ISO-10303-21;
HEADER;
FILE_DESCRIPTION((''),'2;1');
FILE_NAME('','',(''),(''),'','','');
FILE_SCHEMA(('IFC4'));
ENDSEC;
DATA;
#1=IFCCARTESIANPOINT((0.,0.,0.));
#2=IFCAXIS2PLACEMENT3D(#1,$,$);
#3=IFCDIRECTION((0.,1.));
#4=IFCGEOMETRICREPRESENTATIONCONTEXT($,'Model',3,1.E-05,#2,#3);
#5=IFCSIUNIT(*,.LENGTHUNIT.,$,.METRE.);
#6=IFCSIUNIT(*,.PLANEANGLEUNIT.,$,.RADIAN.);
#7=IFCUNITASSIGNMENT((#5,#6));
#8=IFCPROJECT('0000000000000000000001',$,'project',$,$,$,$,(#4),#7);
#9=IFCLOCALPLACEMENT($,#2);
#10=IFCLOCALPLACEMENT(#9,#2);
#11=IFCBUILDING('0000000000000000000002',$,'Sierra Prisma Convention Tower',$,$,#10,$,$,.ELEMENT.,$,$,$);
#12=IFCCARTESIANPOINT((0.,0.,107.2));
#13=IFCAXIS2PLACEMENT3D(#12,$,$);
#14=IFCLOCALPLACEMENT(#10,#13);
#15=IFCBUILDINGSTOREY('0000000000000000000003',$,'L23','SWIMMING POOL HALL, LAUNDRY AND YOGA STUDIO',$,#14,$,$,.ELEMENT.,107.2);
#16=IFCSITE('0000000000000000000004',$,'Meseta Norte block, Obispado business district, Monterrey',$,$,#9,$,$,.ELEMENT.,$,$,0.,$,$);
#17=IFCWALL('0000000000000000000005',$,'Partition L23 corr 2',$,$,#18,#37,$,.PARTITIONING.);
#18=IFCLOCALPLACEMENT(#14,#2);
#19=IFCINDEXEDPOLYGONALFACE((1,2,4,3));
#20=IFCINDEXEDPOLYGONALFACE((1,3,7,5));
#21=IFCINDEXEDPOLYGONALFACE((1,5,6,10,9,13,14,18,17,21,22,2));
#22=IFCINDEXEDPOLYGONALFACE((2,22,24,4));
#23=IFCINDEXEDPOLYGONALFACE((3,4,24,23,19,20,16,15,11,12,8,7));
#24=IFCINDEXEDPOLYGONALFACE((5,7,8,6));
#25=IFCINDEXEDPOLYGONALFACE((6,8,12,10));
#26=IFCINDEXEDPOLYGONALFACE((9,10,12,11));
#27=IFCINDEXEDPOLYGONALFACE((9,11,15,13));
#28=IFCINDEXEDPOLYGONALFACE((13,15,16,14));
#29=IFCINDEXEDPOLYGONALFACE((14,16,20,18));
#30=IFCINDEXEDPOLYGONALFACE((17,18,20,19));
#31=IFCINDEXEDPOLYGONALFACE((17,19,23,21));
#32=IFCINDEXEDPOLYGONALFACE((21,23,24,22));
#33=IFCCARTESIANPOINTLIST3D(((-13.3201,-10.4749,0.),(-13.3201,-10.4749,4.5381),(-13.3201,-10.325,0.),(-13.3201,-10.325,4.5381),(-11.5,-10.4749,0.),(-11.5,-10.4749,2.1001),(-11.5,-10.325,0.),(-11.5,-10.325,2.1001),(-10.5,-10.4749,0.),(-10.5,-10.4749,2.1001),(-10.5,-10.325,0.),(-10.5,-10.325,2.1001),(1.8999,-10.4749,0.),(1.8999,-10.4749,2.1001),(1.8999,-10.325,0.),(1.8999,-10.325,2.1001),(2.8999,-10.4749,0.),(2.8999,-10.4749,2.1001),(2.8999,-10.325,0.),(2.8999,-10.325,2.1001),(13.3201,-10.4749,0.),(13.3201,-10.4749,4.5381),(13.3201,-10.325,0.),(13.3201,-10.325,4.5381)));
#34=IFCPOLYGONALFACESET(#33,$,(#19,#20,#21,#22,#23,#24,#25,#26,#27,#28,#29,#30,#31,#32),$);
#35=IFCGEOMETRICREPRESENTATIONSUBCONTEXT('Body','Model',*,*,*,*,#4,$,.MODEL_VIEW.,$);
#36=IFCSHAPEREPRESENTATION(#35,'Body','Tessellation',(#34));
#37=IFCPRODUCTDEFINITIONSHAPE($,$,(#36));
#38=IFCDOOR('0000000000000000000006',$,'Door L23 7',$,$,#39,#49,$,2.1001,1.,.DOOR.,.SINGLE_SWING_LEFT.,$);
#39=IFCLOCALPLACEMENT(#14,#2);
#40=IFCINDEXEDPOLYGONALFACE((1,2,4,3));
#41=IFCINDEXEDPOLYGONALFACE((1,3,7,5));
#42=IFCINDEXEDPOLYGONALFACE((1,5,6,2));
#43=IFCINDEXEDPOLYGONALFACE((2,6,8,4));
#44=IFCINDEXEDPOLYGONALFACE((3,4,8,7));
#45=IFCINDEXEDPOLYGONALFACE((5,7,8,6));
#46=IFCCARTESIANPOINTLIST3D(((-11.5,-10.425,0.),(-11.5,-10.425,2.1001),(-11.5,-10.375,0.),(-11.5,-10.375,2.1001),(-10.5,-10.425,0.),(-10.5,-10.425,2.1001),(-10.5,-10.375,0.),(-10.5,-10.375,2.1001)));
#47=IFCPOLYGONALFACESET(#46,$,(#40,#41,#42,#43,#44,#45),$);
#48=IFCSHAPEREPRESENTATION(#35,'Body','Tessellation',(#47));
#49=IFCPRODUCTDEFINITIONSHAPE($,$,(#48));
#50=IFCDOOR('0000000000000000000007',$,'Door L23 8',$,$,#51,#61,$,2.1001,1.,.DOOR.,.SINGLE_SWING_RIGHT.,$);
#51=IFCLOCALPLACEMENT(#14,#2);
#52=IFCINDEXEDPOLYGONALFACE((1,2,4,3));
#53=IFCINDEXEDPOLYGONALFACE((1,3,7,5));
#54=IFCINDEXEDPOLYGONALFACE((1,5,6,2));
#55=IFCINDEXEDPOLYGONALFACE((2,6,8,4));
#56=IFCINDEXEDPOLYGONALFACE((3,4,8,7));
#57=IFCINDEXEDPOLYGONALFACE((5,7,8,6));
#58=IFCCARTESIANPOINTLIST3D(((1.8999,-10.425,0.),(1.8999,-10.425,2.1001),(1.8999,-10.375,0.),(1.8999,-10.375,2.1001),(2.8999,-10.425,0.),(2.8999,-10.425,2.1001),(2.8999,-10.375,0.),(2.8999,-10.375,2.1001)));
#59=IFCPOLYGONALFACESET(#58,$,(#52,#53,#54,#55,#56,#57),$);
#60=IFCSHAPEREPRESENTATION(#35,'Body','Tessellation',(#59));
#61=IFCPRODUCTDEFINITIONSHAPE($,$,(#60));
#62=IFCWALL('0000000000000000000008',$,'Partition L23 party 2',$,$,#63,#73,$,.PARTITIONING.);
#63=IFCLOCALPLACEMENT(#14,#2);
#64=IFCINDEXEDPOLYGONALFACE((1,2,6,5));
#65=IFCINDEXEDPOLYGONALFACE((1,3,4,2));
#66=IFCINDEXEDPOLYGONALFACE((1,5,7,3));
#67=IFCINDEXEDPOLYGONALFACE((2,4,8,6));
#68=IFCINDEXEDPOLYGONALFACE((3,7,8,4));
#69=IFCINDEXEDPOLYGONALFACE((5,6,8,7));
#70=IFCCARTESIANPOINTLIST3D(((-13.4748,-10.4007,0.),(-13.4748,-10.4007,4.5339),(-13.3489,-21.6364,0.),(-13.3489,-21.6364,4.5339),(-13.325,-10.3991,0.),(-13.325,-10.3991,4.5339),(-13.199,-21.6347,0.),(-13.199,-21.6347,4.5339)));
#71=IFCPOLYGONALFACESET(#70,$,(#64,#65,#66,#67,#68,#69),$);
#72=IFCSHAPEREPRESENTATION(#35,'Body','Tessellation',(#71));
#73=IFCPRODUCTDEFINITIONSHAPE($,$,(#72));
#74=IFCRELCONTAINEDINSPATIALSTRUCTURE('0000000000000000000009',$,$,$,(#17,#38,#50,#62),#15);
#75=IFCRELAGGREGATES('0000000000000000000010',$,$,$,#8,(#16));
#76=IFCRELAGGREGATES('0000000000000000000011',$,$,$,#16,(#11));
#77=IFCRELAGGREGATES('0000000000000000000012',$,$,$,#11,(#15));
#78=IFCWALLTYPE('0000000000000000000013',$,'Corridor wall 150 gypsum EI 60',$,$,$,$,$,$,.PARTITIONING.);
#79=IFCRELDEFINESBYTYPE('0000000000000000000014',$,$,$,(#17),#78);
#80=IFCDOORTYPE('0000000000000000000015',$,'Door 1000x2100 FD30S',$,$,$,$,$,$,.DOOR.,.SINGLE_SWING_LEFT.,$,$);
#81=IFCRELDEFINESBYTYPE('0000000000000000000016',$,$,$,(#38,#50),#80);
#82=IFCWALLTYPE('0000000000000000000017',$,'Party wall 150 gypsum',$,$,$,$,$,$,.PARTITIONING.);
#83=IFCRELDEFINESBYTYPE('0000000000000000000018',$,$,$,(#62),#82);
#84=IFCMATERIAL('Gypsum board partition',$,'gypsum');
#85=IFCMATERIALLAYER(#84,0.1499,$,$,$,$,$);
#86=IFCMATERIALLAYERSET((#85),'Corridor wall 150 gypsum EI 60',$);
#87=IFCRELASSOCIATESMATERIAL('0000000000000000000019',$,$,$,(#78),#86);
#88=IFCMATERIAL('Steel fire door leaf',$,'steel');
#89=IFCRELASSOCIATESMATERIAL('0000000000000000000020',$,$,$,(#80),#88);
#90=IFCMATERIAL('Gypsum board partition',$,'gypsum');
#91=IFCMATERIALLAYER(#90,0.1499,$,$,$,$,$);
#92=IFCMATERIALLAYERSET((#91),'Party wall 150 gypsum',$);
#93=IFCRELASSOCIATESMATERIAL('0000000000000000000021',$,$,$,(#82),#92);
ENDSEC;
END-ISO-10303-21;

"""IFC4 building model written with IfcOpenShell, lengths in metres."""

from ifc_helpers import new_model, si_unit, direction, frame, frame_2d, origin, place, context, subcontext, project, spatial, rectangle, extrude, material, layer, layer_set, type_object, element, fill, save


model = new_model("IFC4")

# Units and contexts
model_context = context("Model", 3, precision=1e-05, world=origin(), true_north=direction((0.0, 1.0)))
body_context = subcontext(model_context, "Body", "Model", "MODEL_VIEW")
ifc_project = project(units=[si_unit("LENGTHUNIT", "METRE"), si_unit("PLANEANGLEUNIT", "RADIAN")], contexts=[model_context])

# Site, building, storey
site_placement = place(None, origin())
site = spatial("IfcSite", under=ifc_project, at=site_placement, Name="Meseta Norte block, Obispado business district, Monterrey", CompositionType="ELEMENT", RefElevation=0.0)
building_placement = place(site_placement, origin())
building = spatial("IfcBuilding", under=site, at=building_placement, Name="Sierra Prisma Convention Tower", CompositionType="ELEMENT")
storey_placement = place(building_placement, frame((0.0, 0.0, 107.2)))
storey = spatial("IfcBuildingStorey", under=building, at=storey_placement, Name="L23", Description="SWIMMING POOL HALL, LAUNDRY AND YOGA STUDIO", CompositionType="ELEMENT", Elevation=107.2)

# Wall, openings, doors
ifc_material_1 = material(Name="Gypsum board partition", Category="gypsum")
ifc_layer_1 = layer(ifc_material_1, 0.1499)
ifc_layer_set_1 = layer_set([ifc_layer_1], Name="Corridor wall 150 gypsum EI 60")
wall_type_1 = type_object("IfcWallType", Name="Corridor wall 150 gypsum EI 60", PredefinedType="PARTITIONING", material=ifc_layer_set_1)
wall_1_placement = place(storey_placement, frame((-13.3201, -10.3999, 0.0), z_axis=(0.0, 0.0, 1.0), x_axis=(1.0, 0.0, 0.0)))
wall_1 = element("IfcWall", 1, at=wall_1_placement, inside=storey, type_object=wall_type_1, Name="Partition L23 corr 2", PredefinedType="PARTITIONING", context=body_context, shape_type="SweptSolid", body=[
    extrude(rectangle(XDim=26.6401, YDim=0.1499, at=frame_2d((13.3201, 0.0))), origin(), (0.0, 0.0, 1.0), 4.5381),
])
opening_1_placement = place(wall_1_placement, frame((1.8201, 0.0, 0.0)))
opening_1 = element("IfcOpeningElement", 2, at=opening_1_placement, cuts=wall_1, PredefinedType="OPENING", context=body_context, shape_type="SweptSolid", body=[
    extrude(rectangle(XDim=1.0, YDim=2.1001, at=frame_2d((0.5, 1.05))), frame((0.0, 0.075, 0.0), z_axis=(0.0, -1.0, 0.0), x_axis=(1.0, 0.0, 0.0)), (0.0, 0.0, 1.0), 0.1499),
])
opening_2_placement = place(wall_1_placement, frame((15.22, 0.0, 0.0)))
opening_2 = element("IfcOpeningElement", 3, at=opening_2_placement, cuts=wall_1, PredefinedType="OPENING", context=body_context, shape_type="SweptSolid", body=[
    extrude(rectangle(XDim=1.0, YDim=2.1001, at=frame_2d((0.5, 1.05))), frame((0.0, 0.075, 0.0), z_axis=(0.0, -1.0, 0.0), x_axis=(1.0, 0.0, 0.0)), (0.0, 0.0, 1.0), 0.1499),
])
ifc_material_2 = material(Name="Steel fire door leaf", Category="steel")
door_type_1 = type_object("IfcDoorType", Name="Door 1000x2100 FD30S", OperationType="SINGLE_SWING_LEFT", PredefinedType="DOOR", material=ifc_material_2)
door_1_placement = place(opening_1_placement, origin())
door_1 = element("IfcDoor", 4, at=door_1_placement, inside=storey, type_object=door_type_1, Name="Door L23 7", OperationType="SINGLE_SWING_LEFT", OverallHeight=2.1001, OverallWidth=1.0, PredefinedType="DOOR", context=body_context, shape_type="SweptSolid", body=[
    extrude(rectangle(XDim=1.0, YDim=2.1001, at=frame_2d((0.5, 1.05))), frame((0.0, 0.0249, 0.0), z_axis=(0.0, -1.0, 0.0), x_axis=(1.0, 0.0, 0.0)), (0.0, 0.0, 1.0), 0.05),
])
fill(opening_1, door_1)
door_2_placement = place(opening_2_placement, origin())
door_2 = element("IfcDoor", 5, at=door_2_placement, inside=storey, type_object=door_type_1, Name="Door L23 8", OperationType="SINGLE_SWING_RIGHT", OverallHeight=2.1001, OverallWidth=1.0, PredefinedType="DOOR", context=body_context, shape_type="SweptSolid", body=[
    extrude(rectangle(XDim=1.0, YDim=2.1001, at=frame_2d((0.5, 1.05))), frame((0.0, 0.0249, 0.0), z_axis=(0.0, -1.0, 0.0), x_axis=(1.0, 0.0, 0.0)), (0.0, 0.0, 1.0), 0.05),
])
fill(opening_2, door_2)

# Wall
ifc_material_3 = material(Name="Gypsum board partition", Category="gypsum")
ifc_layer_2 = layer(ifc_material_3, 0.1499)
ifc_layer_set_2 = layer_set([ifc_layer_2], Name="Party wall 150 gypsum")
wall_type_2 = type_object("IfcWallType", Name="Party wall 150 gypsum", PredefinedType="PARTITIONING", material=ifc_layer_set_2)
wall_2_placement = place(storey_placement, frame((-13.3999, -10.3999, 0.0), z_axis=(0.0, 0.0, 1.0), x_axis=(0.011212, -0.999937, 0.0)))
element("IfcWall", 6, at=wall_2_placement, inside=storey, type_object=wall_type_2, Name="Partition L23 party 2", PredefinedType="PARTITIONING", context=body_context, shape_type="SweptSolid", body=[
    extrude(rectangle(XDim=11.2363, YDim=0.1499, at=frame_2d((5.6182, 0.0))), origin(), (0.0, 0.0, 1.0), 4.5339),
])

save(model, "model.ifc")
